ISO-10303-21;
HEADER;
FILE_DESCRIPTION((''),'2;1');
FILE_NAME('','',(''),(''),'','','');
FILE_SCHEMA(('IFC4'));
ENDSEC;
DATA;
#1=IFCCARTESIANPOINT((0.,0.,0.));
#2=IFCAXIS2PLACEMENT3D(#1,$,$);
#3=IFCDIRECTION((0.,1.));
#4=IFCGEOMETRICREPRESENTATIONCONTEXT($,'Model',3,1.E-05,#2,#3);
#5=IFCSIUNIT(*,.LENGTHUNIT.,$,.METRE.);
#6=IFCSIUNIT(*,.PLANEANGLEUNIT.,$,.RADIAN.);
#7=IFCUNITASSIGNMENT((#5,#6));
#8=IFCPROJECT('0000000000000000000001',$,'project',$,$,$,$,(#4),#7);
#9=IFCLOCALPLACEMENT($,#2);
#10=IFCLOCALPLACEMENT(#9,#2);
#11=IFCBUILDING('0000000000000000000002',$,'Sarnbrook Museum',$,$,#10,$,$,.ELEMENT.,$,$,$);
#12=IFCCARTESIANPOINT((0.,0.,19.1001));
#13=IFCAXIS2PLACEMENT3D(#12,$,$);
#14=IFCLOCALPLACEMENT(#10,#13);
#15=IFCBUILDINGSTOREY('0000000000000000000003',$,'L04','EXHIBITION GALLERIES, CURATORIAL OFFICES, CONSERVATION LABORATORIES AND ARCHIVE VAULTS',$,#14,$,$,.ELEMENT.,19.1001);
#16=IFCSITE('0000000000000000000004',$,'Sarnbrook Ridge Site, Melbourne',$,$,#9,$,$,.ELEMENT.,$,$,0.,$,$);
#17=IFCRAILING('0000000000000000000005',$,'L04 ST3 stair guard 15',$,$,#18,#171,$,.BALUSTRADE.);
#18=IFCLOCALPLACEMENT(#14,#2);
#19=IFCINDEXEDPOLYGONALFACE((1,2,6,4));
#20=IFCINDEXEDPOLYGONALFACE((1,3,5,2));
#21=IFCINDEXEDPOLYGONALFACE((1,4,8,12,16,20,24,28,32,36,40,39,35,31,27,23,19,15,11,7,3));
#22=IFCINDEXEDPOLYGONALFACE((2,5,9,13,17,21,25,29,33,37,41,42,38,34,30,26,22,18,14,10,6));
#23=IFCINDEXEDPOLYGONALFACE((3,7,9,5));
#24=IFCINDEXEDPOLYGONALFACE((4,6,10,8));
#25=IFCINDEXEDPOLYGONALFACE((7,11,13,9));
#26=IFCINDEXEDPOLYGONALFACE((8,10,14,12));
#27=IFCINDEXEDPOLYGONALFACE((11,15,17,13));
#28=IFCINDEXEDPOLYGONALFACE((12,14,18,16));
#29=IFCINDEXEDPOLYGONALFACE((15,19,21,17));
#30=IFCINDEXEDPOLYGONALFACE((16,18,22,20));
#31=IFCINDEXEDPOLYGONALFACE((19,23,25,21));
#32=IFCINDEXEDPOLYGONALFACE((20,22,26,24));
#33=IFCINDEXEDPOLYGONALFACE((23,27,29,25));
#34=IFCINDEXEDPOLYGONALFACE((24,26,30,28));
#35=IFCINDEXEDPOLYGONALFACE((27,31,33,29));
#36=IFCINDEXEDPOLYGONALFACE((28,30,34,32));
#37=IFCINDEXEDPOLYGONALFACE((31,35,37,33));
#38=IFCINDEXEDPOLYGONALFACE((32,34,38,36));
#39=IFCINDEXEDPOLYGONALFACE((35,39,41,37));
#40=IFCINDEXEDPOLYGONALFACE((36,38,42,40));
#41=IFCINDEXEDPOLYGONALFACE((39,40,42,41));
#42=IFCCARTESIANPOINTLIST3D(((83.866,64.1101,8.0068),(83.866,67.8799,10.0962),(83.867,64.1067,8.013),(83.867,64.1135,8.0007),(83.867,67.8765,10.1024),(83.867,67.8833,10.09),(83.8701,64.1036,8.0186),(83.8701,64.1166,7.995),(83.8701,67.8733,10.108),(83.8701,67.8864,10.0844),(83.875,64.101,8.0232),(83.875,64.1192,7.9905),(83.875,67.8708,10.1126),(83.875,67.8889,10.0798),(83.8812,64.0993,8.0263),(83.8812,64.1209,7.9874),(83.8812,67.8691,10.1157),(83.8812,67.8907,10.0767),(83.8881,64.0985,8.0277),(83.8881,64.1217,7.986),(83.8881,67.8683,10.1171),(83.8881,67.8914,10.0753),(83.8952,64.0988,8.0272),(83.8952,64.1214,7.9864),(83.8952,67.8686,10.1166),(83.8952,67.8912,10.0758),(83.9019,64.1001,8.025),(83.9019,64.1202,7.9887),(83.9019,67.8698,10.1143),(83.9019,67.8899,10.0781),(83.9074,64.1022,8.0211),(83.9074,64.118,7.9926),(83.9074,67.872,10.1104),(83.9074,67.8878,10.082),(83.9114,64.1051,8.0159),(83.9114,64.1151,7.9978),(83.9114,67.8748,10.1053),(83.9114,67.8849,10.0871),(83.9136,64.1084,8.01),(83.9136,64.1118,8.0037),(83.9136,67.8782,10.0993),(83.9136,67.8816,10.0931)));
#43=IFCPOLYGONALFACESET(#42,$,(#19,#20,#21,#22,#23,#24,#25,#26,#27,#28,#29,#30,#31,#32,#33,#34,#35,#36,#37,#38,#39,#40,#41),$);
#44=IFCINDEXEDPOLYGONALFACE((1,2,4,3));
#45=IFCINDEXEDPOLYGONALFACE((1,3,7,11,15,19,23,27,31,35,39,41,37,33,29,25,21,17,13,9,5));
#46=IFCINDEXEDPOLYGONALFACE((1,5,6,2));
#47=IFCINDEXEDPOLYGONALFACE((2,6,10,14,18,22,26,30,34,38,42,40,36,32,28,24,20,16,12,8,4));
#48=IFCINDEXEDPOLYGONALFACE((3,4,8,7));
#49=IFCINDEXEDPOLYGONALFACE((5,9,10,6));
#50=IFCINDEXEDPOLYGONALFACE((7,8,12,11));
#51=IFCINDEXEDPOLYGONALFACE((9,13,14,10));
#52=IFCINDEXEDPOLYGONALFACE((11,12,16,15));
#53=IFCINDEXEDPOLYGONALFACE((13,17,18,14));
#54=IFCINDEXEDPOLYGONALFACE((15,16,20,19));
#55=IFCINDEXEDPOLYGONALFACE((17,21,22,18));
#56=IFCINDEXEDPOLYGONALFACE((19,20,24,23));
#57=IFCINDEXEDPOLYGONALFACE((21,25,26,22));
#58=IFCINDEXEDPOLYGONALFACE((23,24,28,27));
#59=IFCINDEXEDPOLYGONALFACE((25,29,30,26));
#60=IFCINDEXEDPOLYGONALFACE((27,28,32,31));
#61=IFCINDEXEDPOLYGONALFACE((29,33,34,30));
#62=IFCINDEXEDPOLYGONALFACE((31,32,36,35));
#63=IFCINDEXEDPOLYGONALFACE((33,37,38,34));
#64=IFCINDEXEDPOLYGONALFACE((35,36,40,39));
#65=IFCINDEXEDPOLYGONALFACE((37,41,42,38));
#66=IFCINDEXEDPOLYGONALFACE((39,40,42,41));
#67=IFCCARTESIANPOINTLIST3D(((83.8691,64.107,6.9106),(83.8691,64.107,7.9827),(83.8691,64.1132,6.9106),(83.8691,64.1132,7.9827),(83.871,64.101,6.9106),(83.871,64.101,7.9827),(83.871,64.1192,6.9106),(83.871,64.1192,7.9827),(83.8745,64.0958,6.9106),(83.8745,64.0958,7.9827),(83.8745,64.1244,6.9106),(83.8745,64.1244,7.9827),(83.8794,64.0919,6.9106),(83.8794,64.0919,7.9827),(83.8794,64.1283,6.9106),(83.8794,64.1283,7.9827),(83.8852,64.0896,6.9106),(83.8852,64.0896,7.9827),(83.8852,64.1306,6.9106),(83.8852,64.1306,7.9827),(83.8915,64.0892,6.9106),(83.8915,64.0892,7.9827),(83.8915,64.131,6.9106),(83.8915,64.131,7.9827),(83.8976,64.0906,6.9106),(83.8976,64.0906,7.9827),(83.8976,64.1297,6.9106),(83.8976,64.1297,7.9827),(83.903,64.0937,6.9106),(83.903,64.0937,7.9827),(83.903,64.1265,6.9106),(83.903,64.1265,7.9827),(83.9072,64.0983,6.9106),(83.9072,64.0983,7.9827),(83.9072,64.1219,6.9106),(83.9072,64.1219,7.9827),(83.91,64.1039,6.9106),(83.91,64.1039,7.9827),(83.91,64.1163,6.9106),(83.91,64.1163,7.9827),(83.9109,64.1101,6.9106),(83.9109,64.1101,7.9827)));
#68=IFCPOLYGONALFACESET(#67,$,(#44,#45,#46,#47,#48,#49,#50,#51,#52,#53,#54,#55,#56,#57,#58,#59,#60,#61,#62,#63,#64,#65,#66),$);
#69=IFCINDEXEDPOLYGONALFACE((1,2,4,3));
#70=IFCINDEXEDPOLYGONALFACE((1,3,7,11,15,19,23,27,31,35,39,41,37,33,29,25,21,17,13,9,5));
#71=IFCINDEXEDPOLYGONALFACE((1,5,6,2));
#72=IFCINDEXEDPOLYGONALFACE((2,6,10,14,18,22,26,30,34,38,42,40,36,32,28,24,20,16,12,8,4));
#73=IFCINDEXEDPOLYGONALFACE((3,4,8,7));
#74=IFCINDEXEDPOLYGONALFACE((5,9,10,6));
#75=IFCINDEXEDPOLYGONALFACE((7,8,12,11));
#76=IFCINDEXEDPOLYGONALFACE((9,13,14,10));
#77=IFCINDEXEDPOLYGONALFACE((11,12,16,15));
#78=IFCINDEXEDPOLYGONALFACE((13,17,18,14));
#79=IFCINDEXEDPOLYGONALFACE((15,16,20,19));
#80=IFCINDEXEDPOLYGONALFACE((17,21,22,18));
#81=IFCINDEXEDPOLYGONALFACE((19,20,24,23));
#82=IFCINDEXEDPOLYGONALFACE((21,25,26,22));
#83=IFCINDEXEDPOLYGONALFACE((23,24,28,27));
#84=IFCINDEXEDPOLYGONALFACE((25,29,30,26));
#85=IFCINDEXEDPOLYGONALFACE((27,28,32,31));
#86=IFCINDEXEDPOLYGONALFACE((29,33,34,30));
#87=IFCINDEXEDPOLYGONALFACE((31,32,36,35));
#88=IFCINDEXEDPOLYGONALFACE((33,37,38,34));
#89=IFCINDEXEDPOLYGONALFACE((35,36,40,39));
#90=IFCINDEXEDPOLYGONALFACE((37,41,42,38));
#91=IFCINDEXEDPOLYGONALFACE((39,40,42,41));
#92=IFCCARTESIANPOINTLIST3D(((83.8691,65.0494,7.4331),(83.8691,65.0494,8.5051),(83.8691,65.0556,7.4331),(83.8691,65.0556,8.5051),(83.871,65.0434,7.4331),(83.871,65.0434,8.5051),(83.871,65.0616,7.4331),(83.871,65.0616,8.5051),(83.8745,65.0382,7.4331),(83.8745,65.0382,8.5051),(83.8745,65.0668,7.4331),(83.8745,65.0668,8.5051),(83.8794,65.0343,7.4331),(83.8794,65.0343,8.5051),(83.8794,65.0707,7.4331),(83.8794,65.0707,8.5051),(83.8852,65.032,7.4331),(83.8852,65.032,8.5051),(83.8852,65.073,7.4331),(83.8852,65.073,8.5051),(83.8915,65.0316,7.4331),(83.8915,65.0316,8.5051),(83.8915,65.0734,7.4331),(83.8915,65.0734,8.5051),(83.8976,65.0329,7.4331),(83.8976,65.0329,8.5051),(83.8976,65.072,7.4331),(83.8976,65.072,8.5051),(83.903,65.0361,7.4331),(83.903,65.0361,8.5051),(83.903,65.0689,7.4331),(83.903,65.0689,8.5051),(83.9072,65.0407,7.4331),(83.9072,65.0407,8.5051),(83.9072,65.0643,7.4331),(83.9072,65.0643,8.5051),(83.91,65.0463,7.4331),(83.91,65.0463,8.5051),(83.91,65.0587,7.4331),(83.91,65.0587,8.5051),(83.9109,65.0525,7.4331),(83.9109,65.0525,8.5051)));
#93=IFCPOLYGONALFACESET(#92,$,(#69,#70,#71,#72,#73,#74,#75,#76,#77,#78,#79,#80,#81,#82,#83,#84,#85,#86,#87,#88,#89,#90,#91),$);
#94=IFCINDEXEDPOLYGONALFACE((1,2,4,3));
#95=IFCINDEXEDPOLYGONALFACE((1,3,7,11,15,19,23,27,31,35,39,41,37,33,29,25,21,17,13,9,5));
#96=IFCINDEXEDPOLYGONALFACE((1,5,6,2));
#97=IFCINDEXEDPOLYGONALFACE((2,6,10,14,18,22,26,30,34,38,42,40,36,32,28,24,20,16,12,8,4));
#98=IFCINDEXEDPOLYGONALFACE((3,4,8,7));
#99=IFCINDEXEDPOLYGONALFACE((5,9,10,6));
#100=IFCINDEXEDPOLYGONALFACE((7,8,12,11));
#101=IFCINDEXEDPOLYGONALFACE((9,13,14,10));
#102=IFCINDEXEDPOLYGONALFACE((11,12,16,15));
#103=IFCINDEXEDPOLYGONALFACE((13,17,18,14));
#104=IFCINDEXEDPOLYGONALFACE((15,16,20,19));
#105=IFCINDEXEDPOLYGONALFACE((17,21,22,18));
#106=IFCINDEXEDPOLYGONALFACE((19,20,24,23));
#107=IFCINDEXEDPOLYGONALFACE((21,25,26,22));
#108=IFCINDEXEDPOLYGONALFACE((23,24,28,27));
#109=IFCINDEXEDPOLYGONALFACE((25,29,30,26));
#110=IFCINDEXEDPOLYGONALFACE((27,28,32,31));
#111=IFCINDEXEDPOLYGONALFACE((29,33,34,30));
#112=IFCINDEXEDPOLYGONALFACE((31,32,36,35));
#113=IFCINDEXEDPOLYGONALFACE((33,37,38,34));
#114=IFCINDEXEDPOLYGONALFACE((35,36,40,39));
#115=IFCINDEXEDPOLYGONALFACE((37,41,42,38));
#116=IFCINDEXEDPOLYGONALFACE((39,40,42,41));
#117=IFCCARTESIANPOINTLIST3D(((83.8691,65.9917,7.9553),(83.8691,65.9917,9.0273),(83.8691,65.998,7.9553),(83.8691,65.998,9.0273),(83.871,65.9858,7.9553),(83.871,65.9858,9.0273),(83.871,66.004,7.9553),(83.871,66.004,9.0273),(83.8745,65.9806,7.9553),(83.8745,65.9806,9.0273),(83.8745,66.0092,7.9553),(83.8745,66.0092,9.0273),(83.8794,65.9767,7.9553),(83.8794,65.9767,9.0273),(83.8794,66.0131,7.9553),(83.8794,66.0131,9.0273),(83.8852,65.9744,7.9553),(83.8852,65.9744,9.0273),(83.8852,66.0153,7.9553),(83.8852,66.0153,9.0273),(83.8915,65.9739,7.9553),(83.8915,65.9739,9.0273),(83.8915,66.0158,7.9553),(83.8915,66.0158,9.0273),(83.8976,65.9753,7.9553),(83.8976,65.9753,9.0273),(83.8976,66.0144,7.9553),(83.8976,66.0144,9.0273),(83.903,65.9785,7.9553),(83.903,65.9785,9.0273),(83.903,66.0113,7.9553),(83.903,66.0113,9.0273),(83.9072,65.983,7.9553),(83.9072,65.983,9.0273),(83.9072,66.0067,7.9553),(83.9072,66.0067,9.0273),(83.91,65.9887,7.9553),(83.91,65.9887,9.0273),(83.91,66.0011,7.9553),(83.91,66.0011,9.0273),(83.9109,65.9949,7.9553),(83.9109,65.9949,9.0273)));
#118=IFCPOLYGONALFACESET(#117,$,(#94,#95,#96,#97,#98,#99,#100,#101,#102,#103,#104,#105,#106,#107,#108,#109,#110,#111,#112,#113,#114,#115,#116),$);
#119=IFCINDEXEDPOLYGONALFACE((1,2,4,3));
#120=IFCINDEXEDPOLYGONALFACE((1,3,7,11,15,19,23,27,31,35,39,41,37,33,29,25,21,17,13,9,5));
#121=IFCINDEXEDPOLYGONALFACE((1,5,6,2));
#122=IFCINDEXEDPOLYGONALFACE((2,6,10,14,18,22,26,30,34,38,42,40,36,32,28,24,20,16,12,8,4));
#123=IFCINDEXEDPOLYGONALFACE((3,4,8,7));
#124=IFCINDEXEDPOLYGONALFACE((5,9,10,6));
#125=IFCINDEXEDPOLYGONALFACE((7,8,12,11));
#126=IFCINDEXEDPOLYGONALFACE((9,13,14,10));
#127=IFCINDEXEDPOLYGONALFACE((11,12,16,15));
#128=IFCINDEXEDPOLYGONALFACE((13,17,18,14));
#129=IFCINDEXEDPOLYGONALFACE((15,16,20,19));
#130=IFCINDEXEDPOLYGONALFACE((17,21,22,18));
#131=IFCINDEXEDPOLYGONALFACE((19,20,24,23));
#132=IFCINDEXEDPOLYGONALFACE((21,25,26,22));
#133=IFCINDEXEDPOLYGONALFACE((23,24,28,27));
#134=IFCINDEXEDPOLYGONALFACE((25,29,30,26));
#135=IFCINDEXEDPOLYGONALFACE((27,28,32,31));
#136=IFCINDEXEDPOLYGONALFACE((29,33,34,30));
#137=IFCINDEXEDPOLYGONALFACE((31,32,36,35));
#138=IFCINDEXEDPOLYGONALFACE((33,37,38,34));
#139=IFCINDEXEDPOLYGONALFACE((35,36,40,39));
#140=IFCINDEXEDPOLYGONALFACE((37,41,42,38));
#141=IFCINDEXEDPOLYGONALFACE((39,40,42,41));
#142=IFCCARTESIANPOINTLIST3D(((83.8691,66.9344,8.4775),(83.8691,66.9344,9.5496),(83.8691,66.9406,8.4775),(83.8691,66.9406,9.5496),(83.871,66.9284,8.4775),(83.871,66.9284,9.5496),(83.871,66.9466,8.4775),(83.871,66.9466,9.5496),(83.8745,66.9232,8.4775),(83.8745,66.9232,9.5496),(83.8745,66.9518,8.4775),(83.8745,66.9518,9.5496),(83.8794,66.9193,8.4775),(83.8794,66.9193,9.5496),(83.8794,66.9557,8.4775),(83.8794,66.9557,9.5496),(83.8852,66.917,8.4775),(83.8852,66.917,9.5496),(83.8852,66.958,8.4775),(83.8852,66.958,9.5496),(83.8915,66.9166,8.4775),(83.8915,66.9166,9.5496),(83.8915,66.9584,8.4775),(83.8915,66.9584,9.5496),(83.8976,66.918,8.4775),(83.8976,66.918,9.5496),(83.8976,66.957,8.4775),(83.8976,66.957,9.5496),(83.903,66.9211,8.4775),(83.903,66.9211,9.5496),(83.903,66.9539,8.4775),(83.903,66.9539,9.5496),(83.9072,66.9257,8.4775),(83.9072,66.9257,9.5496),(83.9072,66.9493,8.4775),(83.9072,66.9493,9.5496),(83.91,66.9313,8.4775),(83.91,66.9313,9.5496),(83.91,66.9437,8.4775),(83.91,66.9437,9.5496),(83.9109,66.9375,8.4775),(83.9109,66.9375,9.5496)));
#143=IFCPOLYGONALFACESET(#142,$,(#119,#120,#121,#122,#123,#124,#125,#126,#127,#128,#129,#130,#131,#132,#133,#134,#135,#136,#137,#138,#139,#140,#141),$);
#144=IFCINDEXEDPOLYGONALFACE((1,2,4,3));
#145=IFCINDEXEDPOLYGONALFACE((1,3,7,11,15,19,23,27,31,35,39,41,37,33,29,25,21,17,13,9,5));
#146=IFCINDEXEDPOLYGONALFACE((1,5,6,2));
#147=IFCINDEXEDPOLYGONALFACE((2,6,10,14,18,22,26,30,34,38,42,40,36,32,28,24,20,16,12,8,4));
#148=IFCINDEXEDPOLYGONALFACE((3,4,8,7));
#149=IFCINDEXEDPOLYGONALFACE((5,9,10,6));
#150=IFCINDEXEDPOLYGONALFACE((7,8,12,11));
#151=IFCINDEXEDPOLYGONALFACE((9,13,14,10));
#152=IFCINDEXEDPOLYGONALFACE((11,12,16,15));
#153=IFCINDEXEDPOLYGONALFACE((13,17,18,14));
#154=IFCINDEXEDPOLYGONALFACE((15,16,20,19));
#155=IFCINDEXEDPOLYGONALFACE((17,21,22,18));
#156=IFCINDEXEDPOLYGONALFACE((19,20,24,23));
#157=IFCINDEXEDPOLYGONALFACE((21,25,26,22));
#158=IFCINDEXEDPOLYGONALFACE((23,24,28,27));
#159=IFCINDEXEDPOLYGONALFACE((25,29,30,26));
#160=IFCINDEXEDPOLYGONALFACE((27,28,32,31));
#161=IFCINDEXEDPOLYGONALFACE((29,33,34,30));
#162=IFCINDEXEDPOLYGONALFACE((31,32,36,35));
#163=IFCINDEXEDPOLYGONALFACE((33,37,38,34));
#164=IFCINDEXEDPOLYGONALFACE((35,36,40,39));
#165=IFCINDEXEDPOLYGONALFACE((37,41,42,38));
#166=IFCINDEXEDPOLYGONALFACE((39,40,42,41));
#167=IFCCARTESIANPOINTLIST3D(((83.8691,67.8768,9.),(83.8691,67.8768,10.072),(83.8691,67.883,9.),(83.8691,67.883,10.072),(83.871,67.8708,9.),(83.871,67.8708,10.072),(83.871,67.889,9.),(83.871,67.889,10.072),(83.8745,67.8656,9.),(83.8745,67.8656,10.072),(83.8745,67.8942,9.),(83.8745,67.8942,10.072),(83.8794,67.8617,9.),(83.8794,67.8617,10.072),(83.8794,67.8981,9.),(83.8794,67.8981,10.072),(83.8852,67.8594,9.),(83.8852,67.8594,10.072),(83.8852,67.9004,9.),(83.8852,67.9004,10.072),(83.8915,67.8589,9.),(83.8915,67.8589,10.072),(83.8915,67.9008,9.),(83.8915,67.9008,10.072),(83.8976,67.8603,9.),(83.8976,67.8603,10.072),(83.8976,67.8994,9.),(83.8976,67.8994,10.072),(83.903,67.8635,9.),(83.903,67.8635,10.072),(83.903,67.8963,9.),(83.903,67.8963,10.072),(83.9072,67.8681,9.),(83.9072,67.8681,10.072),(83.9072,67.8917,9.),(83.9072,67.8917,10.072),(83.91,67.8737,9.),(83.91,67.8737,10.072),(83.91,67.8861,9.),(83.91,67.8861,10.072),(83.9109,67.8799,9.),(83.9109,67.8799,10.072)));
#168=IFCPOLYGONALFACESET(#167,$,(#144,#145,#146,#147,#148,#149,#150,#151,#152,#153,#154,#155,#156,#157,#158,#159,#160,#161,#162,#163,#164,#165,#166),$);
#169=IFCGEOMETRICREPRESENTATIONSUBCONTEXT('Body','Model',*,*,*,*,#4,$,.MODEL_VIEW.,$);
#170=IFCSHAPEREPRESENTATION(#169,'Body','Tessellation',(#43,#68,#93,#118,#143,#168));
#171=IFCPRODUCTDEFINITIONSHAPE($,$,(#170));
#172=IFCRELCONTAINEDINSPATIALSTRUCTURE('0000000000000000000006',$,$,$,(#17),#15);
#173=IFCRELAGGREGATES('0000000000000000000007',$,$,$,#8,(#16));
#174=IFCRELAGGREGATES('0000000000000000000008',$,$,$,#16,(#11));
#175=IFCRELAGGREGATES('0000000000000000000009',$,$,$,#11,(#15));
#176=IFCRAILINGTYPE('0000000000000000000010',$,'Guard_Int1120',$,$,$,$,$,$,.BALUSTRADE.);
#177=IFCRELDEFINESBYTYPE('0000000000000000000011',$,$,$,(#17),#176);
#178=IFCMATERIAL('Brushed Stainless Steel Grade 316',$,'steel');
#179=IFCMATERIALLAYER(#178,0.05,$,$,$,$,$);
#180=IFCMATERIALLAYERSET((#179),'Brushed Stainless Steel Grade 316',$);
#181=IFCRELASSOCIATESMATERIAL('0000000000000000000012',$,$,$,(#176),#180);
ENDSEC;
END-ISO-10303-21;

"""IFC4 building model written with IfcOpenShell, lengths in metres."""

from ifc_helpers import new_model, si_unit, direction, frame, origin, origin_2d, place, context, subcontext, project, spatial, circle, extrude, material, layer, layer_set, type_object, element, save


model = new_model("IFC4")

# Units and contexts
model_context = context("Model", 3, precision=1e-05, world=origin(), true_north=direction((0.0, 1.0)))
body_context = subcontext(model_context, "Body", "Model", "MODEL_VIEW")
ifc_project = project(units=[si_unit("LENGTHUNIT", "METRE"), si_unit("PLANEANGLEUNIT", "RADIAN")], contexts=[model_context])

# Site, building, storey
site_placement = place(None, origin())
site = spatial("IfcSite", under=ifc_project, at=site_placement, Name="Sarnbrook Ridge Site, Melbourne", CompositionType="ELEMENT", RefElevation=0.0)
building_placement = place(site_placement, origin())
building = spatial("IfcBuilding", under=site, at=building_placement, Name="Sarnbrook Museum", CompositionType="ELEMENT")
storey_placement = place(building_placement, frame((0.0, 0.0, 19.1001)))
storey = spatial("IfcBuildingStorey", under=building, at=storey_placement, Name="L04", Description="EXHIBITION GALLERIES, CURATORIAL OFFICES, CONSERVATION LABORATORIES AND ARCHIVE VAULTS", CompositionType="ELEMENT", Elevation=19.1001)

# Shared definitions
ifc_material_1 = material(Name="Brushed Stainless Steel Grade 316", Category="steel")

# Railing
ifc_layer_1 = layer(ifc_material_1, 0.05)
ifc_layer_set_1 = layer_set([ifc_layer_1], Name="Brushed Stainless Steel Grade 316")
railing_type_1 = type_object("IfcRailingType", Name="Guard_Int1120", PredefinedType="BALUSTRADE", material=ifc_layer_set_1)
railing_1_placement = place(storey_placement, frame((83.8899, 64.1101, 6.9106)))
element("IfcRailing", 1, at=railing_1_placement, inside=storey, type_object=railing_type_1, Name="L04 ST3 stair guard 15", PredefinedType="BALUSTRADE", context=body_context, shape_type="SweptSolid", body=[
    extrude(circle(Radius=0.0239, at=origin_2d()), frame((0.0, 0.0, 1.0962), z_axis=(0.0, 0.874646, 0.484763), x_axis=(-1.0, 0.0, 0.0)), (0.0, 0.0, 1.0), 4.3101),
    extrude(circle(Radius=0.021, at=origin_2d()), origin(), (0.0, 0.0, 1.0), 1.072),
    extrude(circle(Radius=0.021, at=origin_2d()), frame((0.0, 0.9424, 0.5225)), (0.0, 0.0, 1.0), 1.072),
    extrude(circle(Radius=0.021, at=origin_2d()), frame((0.0, 1.8848, 1.0447)), (0.0, 0.0, 1.0), 1.072),
    extrude(circle(Radius=0.021, at=origin_2d()), frame((0.0, 2.8274, 1.5669)), (0.0, 0.0, 1.0), 1.072),
    extrude(circle(Radius=0.021, at=origin_2d()), frame((0.0, 3.7698, 2.0894)), (0.0, 0.0, 1.0), 1.072),
])

save(model, "model.ifc")
